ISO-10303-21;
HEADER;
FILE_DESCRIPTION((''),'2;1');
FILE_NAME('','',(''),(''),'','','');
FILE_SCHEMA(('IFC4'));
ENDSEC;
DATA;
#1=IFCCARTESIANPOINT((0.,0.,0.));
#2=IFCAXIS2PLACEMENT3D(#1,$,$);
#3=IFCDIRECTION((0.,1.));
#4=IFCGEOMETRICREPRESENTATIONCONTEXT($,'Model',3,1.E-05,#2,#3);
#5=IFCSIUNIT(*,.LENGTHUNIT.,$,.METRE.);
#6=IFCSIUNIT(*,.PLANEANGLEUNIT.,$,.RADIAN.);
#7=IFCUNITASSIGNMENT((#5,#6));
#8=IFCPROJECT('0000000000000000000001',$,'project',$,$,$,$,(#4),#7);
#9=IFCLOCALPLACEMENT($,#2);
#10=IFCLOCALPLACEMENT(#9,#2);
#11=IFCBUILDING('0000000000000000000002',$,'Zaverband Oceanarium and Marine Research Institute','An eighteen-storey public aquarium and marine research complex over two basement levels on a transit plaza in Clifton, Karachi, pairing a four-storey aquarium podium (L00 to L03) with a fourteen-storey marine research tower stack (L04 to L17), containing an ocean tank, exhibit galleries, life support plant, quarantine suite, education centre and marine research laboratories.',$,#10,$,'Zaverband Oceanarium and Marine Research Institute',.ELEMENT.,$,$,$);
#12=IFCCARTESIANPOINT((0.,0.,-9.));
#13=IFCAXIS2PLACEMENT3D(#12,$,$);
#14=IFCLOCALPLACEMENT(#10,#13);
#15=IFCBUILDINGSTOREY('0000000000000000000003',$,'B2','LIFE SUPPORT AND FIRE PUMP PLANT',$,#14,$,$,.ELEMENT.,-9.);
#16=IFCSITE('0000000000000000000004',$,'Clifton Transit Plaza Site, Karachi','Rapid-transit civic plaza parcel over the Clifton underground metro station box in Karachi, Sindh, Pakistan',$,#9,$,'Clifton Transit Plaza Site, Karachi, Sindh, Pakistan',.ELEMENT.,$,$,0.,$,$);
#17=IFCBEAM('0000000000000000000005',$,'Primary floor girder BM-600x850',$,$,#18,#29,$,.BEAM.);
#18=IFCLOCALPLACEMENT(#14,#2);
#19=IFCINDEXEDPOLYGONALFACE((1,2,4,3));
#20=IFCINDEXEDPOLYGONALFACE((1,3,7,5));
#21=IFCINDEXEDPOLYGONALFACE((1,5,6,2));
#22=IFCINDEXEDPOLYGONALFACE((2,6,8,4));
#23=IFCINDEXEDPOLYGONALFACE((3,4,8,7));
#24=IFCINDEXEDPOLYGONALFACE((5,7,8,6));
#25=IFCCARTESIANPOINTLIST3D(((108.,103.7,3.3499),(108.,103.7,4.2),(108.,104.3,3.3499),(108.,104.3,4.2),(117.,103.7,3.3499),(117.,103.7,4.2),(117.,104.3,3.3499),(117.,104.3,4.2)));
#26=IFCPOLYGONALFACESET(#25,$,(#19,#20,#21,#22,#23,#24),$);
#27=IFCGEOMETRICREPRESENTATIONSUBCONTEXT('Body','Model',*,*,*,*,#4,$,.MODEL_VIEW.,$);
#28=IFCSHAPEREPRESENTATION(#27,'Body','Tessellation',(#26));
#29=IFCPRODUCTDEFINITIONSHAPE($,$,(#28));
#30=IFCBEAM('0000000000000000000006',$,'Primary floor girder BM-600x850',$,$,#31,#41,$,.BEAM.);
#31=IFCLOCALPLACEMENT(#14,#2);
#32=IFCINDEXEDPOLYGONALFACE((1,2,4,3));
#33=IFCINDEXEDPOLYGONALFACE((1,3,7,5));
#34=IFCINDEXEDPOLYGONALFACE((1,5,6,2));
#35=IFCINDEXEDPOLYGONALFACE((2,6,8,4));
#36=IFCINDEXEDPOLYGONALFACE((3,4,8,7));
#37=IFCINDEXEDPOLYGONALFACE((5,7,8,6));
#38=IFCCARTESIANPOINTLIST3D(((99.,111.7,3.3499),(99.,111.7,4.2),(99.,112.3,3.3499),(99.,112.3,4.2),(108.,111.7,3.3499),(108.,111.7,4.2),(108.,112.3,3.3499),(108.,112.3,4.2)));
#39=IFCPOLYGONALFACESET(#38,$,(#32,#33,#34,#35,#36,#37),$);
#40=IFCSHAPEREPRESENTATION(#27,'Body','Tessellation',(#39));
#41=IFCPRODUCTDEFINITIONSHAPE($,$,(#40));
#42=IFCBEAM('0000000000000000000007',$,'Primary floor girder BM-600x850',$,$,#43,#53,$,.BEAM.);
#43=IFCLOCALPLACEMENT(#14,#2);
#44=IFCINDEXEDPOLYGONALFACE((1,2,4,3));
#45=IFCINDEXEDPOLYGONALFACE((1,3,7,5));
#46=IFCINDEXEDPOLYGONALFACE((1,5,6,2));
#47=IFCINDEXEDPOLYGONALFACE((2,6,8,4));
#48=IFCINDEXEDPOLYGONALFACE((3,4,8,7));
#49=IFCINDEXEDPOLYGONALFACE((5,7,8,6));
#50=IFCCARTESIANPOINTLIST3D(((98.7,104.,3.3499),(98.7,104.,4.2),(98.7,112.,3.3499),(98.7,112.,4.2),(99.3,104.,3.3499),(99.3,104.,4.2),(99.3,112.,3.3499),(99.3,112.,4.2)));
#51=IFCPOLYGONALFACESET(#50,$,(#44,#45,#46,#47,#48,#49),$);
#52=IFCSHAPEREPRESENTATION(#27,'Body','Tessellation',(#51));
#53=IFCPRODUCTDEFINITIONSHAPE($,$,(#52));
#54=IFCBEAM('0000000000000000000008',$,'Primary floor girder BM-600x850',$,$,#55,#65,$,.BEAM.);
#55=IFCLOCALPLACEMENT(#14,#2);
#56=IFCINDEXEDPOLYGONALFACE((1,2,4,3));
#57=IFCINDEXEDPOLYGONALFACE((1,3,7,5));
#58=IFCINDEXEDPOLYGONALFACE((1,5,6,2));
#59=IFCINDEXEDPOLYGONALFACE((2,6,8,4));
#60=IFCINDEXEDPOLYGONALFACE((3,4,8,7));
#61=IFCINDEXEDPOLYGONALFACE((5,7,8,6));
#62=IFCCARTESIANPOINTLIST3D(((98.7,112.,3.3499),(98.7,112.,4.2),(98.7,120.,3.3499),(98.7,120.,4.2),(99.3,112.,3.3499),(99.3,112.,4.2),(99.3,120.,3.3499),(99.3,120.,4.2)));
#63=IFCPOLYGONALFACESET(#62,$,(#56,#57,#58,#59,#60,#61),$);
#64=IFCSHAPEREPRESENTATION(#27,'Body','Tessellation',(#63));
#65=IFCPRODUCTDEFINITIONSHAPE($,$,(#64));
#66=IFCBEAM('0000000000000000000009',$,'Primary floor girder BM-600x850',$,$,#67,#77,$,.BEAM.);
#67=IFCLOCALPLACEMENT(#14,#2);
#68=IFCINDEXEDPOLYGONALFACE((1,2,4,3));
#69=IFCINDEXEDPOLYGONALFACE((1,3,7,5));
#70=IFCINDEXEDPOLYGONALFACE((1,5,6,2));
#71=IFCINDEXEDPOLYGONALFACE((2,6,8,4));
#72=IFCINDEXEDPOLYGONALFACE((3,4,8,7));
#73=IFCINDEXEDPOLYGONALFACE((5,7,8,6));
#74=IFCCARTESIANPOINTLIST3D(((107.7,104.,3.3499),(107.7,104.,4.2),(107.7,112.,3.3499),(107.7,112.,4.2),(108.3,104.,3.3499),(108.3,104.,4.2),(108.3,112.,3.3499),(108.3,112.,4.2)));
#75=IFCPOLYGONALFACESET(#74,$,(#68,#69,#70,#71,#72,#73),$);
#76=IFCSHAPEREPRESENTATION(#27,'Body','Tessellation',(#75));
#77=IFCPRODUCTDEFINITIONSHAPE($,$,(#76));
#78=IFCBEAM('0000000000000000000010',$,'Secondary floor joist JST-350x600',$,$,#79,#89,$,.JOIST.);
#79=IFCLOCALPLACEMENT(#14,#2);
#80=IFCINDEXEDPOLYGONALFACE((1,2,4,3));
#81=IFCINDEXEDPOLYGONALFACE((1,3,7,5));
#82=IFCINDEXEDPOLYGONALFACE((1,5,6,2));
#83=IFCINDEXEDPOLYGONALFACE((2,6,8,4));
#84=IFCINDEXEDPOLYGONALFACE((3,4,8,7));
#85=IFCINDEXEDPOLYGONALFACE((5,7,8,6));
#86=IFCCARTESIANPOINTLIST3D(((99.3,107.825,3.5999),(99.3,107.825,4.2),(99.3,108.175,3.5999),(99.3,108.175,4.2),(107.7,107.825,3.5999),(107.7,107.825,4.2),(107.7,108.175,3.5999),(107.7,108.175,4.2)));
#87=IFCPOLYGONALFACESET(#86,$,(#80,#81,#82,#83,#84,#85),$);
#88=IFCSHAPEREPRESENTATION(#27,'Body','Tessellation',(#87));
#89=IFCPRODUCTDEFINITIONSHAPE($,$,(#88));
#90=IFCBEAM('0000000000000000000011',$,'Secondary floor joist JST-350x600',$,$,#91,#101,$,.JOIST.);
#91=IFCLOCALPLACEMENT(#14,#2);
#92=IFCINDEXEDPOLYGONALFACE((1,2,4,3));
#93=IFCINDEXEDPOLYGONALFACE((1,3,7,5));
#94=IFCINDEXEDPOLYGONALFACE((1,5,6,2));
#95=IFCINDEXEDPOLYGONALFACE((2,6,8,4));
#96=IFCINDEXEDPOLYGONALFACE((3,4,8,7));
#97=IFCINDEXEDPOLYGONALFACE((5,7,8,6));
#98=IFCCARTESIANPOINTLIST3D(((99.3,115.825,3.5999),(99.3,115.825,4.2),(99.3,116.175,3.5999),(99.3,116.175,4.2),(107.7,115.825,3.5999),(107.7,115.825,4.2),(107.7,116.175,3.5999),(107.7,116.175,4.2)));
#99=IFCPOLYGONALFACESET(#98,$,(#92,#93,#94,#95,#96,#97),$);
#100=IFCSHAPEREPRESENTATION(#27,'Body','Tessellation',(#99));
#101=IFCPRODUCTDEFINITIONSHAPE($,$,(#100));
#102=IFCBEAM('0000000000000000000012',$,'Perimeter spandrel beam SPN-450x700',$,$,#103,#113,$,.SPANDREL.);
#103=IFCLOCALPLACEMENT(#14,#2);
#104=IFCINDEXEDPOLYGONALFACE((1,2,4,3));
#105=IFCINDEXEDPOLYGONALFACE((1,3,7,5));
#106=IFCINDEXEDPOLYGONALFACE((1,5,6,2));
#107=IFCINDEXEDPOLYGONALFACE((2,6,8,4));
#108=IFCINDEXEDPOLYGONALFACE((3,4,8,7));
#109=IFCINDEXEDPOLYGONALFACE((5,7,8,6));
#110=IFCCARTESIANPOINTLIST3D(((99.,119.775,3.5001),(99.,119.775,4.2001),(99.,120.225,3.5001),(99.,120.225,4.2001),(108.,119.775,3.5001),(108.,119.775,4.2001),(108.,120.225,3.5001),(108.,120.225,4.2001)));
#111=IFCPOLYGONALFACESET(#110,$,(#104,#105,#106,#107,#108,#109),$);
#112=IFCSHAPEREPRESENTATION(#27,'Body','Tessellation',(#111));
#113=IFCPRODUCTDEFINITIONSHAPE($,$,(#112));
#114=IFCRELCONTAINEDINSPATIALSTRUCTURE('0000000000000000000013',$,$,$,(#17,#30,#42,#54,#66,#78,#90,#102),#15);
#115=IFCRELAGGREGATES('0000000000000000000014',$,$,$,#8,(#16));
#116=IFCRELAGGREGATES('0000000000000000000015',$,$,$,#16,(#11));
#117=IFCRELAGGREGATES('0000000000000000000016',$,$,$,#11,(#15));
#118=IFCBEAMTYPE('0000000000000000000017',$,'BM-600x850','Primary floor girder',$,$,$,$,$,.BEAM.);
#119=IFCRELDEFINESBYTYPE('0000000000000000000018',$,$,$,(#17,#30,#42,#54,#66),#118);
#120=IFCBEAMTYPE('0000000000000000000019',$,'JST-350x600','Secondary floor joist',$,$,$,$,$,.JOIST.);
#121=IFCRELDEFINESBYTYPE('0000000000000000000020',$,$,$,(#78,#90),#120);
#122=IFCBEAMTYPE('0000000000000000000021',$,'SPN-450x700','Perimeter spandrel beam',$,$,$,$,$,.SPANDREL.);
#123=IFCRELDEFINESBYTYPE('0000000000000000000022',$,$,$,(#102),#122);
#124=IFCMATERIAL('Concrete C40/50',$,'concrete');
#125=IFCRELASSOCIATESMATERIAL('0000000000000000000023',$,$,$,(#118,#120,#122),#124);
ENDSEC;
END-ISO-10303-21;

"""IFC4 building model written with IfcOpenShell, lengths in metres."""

from ifc_helpers import new_model, si_unit, direction, frame, origin, origin_2d, place, context, subcontext, project, spatial, rectangle, extrude, material, material_profile, profile_set, type_object, element, save


model = new_model("IFC4")

# Units and contexts
model_context = context("Model", 3, precision=1e-05, world=origin(), true_north=direction((0.0, 1.0)))
body_context = subcontext(model_context, "Body", "Model", "MODEL_VIEW")
ifc_project = project(units=[si_unit("LENGTHUNIT", "METRE"), si_unit("PLANEANGLEUNIT", "RADIAN")], contexts=[model_context])

# Site, building, storey
site_placement = place(None, origin())
site = spatial("IfcSite", under=ifc_project, at=site_placement, Name="Clifton Transit Plaza Site, Karachi", Description="Rapid-transit civic plaza parcel over the Clifton underground metro station box in Karachi, Sindh, Pakistan", LongName="Clifton Transit Plaza Site, Karachi, Sindh, Pakistan", CompositionType="ELEMENT", RefElevation=0.0)
building_placement = place(site_placement, origin())
building = spatial("IfcBuilding", under=site, at=building_placement, Name="Zaverband Oceanarium and Marine Research Institute", Description="An eighteen-storey public aquarium and marine research complex over two basement levels on a transit plaza in Clifton, Karachi, pairing a four-storey aquarium podium (L00 to L03) with a fourteen-storey marine research tower stack (L04 to L17), containing an ocean tank, exhibit galleries, life support plant, quarantine suite, education centre and marine research laboratories.", LongName="Zaverband Oceanarium and Marine Research Institute", CompositionType="ELEMENT")
storey_placement = place(building_placement, frame((0.0, 0.0, -9.0)))
storey = spatial("IfcBuildingStorey", under=building, at=storey_placement, Name="B2", Description="LIFE SUPPORT AND FIRE PUMP PLANT", CompositionType="ELEMENT", Elevation=-9.0)

# Beams
ifc_material_1 = material(Name="Concrete C40/50", Category="concrete")
ifc_material_profile_1 = material_profile(ifc_material_1, rectangle(XDim=0.6001, YDim=0.8501, at=origin_2d()), Name="RC600x850")
ifc_profile_set_1 = profile_set([ifc_material_profile_1], Name="Concrete C40/50")
beam_type_1 = type_object("IfcBeamType", Name="BM-600x850", Description="Primary floor girder", PredefinedType="BEAM", material=ifc_profile_set_1)
for number, where, z_axis, x_axis, name in (
    (1, (108.0, 104.0, 3.7749), (1.0, 0.0, 0.0), (0.0, 1.0, 0.0), "Primary floor girder BM-600x850"),
    (2, (99.0, 112.0, 3.7749), (1.0, 0.0, 0.0), (0.0, 1.0, 0.0), "Primary floor girder BM-600x850"),
):
    element("IfcBeam", number, at=place(storey_placement, frame(where, z_axis=z_axis, x_axis=x_axis)), inside=storey, type_object=beam_type_1, Name=name, PredefinedType="BEAM", context=body_context, shape_type="SweptSolid", body=[
        extrude(rectangle(XDim=0.6001, YDim=0.8501, at=origin_2d()), origin(), (0.0, 0.0, 1.0), 9.0),
    ])
for number, where, z_axis, x_axis, name in (
    (3, (99.0, 104.0, 3.7749), (0.0, 1.0, 0.0), (-1.0, 0.0, 0.0), "Primary floor girder BM-600x850"),
    (4, (99.0, 112.0, 3.7749), (0.0, 1.0, 0.0), (-1.0, 0.0, 0.0), "Primary floor girder BM-600x850"),
    (5, (108.0, 104.0, 3.7749), (0.0, 1.0, 0.0), (-1.0, 0.0, 0.0), "Primary floor girder BM-600x850"),
):
    element("IfcBeam", number, at=place(storey_placement, frame(where, z_axis=z_axis, x_axis=x_axis)), inside=storey, type_object=beam_type_1, Name=name, PredefinedType="BEAM", context=body_context, shape_type="SweptSolid", body=[
        extrude(rectangle(XDim=0.6001, YDim=0.8501, at=origin_2d()), origin(), (0.0, 0.0, 1.0), 8.0),
    ])
ifc_material_profile_2 = material_profile(ifc_material_1, rectangle(XDim=0.3501, YDim=0.6001, at=origin_2d()), Name="RC350x600")
ifc_profile_set_2 = profile_set([ifc_material_profile_2], Name="Concrete C40/50")
beam_type_2 = type_object("IfcBeamType", Name="JST-350x600", Description="Secondary floor joist", PredefinedType="JOIST", material=ifc_profile_set_2)
for number, where, z_axis, x_axis, name in (
    (6, (99.3, 108.0, 3.8999), (1.0, 0.0, 0.0), (0.0, 1.0, 0.0), "Secondary floor joist JST-350x600"),
    (7, (99.3, 116.0, 3.8999), (1.0, 0.0, 0.0), (0.0, 1.0, 0.0), "Secondary floor joist JST-350x600"),
):
    element("IfcBeam", number, at=place(storey_placement, frame(where, z_axis=z_axis, x_axis=x_axis)), inside=storey, type_object=beam_type_2, Name=name, PredefinedType="JOIST", context=body_context, shape_type="SweptSolid", body=[
        extrude(rectangle(XDim=0.3501, YDim=0.6001, at=origin_2d()), origin(), (0.0, 0.0, 1.0), 8.3999),
    ])
ifc_material_profile_3 = material_profile(ifc_material_1, rectangle(XDim=0.45, YDim=0.7, at=origin_2d()), Name="RC450x700")
ifc_profile_set_3 = profile_set([ifc_material_profile_3], Name="Concrete C40/50")
beam_type_3 = type_object("IfcBeamType", Name="SPN-450x700", Description="Perimeter spandrel beam", PredefinedType="SPANDREL", material=ifc_profile_set_3)
beam_placement = place(storey_placement, frame((99.0, 120.0, 3.8501), z_axis=(1.0, 0.0, 0.0), x_axis=(0.0, 1.0, 0.0)))
element("IfcBeam", 8, at=beam_placement, inside=storey, type_object=beam_type_3, Name="Perimeter spandrel beam SPN-450x700", PredefinedType="SPANDREL", context=body_context, shape_type="SweptSolid", body=[
    extrude(rectangle(XDim=0.45, YDim=0.7, at=origin_2d()), origin(), (0.0, 0.0, 1.0), 9.0),
])

save(model, "model.ifc")
